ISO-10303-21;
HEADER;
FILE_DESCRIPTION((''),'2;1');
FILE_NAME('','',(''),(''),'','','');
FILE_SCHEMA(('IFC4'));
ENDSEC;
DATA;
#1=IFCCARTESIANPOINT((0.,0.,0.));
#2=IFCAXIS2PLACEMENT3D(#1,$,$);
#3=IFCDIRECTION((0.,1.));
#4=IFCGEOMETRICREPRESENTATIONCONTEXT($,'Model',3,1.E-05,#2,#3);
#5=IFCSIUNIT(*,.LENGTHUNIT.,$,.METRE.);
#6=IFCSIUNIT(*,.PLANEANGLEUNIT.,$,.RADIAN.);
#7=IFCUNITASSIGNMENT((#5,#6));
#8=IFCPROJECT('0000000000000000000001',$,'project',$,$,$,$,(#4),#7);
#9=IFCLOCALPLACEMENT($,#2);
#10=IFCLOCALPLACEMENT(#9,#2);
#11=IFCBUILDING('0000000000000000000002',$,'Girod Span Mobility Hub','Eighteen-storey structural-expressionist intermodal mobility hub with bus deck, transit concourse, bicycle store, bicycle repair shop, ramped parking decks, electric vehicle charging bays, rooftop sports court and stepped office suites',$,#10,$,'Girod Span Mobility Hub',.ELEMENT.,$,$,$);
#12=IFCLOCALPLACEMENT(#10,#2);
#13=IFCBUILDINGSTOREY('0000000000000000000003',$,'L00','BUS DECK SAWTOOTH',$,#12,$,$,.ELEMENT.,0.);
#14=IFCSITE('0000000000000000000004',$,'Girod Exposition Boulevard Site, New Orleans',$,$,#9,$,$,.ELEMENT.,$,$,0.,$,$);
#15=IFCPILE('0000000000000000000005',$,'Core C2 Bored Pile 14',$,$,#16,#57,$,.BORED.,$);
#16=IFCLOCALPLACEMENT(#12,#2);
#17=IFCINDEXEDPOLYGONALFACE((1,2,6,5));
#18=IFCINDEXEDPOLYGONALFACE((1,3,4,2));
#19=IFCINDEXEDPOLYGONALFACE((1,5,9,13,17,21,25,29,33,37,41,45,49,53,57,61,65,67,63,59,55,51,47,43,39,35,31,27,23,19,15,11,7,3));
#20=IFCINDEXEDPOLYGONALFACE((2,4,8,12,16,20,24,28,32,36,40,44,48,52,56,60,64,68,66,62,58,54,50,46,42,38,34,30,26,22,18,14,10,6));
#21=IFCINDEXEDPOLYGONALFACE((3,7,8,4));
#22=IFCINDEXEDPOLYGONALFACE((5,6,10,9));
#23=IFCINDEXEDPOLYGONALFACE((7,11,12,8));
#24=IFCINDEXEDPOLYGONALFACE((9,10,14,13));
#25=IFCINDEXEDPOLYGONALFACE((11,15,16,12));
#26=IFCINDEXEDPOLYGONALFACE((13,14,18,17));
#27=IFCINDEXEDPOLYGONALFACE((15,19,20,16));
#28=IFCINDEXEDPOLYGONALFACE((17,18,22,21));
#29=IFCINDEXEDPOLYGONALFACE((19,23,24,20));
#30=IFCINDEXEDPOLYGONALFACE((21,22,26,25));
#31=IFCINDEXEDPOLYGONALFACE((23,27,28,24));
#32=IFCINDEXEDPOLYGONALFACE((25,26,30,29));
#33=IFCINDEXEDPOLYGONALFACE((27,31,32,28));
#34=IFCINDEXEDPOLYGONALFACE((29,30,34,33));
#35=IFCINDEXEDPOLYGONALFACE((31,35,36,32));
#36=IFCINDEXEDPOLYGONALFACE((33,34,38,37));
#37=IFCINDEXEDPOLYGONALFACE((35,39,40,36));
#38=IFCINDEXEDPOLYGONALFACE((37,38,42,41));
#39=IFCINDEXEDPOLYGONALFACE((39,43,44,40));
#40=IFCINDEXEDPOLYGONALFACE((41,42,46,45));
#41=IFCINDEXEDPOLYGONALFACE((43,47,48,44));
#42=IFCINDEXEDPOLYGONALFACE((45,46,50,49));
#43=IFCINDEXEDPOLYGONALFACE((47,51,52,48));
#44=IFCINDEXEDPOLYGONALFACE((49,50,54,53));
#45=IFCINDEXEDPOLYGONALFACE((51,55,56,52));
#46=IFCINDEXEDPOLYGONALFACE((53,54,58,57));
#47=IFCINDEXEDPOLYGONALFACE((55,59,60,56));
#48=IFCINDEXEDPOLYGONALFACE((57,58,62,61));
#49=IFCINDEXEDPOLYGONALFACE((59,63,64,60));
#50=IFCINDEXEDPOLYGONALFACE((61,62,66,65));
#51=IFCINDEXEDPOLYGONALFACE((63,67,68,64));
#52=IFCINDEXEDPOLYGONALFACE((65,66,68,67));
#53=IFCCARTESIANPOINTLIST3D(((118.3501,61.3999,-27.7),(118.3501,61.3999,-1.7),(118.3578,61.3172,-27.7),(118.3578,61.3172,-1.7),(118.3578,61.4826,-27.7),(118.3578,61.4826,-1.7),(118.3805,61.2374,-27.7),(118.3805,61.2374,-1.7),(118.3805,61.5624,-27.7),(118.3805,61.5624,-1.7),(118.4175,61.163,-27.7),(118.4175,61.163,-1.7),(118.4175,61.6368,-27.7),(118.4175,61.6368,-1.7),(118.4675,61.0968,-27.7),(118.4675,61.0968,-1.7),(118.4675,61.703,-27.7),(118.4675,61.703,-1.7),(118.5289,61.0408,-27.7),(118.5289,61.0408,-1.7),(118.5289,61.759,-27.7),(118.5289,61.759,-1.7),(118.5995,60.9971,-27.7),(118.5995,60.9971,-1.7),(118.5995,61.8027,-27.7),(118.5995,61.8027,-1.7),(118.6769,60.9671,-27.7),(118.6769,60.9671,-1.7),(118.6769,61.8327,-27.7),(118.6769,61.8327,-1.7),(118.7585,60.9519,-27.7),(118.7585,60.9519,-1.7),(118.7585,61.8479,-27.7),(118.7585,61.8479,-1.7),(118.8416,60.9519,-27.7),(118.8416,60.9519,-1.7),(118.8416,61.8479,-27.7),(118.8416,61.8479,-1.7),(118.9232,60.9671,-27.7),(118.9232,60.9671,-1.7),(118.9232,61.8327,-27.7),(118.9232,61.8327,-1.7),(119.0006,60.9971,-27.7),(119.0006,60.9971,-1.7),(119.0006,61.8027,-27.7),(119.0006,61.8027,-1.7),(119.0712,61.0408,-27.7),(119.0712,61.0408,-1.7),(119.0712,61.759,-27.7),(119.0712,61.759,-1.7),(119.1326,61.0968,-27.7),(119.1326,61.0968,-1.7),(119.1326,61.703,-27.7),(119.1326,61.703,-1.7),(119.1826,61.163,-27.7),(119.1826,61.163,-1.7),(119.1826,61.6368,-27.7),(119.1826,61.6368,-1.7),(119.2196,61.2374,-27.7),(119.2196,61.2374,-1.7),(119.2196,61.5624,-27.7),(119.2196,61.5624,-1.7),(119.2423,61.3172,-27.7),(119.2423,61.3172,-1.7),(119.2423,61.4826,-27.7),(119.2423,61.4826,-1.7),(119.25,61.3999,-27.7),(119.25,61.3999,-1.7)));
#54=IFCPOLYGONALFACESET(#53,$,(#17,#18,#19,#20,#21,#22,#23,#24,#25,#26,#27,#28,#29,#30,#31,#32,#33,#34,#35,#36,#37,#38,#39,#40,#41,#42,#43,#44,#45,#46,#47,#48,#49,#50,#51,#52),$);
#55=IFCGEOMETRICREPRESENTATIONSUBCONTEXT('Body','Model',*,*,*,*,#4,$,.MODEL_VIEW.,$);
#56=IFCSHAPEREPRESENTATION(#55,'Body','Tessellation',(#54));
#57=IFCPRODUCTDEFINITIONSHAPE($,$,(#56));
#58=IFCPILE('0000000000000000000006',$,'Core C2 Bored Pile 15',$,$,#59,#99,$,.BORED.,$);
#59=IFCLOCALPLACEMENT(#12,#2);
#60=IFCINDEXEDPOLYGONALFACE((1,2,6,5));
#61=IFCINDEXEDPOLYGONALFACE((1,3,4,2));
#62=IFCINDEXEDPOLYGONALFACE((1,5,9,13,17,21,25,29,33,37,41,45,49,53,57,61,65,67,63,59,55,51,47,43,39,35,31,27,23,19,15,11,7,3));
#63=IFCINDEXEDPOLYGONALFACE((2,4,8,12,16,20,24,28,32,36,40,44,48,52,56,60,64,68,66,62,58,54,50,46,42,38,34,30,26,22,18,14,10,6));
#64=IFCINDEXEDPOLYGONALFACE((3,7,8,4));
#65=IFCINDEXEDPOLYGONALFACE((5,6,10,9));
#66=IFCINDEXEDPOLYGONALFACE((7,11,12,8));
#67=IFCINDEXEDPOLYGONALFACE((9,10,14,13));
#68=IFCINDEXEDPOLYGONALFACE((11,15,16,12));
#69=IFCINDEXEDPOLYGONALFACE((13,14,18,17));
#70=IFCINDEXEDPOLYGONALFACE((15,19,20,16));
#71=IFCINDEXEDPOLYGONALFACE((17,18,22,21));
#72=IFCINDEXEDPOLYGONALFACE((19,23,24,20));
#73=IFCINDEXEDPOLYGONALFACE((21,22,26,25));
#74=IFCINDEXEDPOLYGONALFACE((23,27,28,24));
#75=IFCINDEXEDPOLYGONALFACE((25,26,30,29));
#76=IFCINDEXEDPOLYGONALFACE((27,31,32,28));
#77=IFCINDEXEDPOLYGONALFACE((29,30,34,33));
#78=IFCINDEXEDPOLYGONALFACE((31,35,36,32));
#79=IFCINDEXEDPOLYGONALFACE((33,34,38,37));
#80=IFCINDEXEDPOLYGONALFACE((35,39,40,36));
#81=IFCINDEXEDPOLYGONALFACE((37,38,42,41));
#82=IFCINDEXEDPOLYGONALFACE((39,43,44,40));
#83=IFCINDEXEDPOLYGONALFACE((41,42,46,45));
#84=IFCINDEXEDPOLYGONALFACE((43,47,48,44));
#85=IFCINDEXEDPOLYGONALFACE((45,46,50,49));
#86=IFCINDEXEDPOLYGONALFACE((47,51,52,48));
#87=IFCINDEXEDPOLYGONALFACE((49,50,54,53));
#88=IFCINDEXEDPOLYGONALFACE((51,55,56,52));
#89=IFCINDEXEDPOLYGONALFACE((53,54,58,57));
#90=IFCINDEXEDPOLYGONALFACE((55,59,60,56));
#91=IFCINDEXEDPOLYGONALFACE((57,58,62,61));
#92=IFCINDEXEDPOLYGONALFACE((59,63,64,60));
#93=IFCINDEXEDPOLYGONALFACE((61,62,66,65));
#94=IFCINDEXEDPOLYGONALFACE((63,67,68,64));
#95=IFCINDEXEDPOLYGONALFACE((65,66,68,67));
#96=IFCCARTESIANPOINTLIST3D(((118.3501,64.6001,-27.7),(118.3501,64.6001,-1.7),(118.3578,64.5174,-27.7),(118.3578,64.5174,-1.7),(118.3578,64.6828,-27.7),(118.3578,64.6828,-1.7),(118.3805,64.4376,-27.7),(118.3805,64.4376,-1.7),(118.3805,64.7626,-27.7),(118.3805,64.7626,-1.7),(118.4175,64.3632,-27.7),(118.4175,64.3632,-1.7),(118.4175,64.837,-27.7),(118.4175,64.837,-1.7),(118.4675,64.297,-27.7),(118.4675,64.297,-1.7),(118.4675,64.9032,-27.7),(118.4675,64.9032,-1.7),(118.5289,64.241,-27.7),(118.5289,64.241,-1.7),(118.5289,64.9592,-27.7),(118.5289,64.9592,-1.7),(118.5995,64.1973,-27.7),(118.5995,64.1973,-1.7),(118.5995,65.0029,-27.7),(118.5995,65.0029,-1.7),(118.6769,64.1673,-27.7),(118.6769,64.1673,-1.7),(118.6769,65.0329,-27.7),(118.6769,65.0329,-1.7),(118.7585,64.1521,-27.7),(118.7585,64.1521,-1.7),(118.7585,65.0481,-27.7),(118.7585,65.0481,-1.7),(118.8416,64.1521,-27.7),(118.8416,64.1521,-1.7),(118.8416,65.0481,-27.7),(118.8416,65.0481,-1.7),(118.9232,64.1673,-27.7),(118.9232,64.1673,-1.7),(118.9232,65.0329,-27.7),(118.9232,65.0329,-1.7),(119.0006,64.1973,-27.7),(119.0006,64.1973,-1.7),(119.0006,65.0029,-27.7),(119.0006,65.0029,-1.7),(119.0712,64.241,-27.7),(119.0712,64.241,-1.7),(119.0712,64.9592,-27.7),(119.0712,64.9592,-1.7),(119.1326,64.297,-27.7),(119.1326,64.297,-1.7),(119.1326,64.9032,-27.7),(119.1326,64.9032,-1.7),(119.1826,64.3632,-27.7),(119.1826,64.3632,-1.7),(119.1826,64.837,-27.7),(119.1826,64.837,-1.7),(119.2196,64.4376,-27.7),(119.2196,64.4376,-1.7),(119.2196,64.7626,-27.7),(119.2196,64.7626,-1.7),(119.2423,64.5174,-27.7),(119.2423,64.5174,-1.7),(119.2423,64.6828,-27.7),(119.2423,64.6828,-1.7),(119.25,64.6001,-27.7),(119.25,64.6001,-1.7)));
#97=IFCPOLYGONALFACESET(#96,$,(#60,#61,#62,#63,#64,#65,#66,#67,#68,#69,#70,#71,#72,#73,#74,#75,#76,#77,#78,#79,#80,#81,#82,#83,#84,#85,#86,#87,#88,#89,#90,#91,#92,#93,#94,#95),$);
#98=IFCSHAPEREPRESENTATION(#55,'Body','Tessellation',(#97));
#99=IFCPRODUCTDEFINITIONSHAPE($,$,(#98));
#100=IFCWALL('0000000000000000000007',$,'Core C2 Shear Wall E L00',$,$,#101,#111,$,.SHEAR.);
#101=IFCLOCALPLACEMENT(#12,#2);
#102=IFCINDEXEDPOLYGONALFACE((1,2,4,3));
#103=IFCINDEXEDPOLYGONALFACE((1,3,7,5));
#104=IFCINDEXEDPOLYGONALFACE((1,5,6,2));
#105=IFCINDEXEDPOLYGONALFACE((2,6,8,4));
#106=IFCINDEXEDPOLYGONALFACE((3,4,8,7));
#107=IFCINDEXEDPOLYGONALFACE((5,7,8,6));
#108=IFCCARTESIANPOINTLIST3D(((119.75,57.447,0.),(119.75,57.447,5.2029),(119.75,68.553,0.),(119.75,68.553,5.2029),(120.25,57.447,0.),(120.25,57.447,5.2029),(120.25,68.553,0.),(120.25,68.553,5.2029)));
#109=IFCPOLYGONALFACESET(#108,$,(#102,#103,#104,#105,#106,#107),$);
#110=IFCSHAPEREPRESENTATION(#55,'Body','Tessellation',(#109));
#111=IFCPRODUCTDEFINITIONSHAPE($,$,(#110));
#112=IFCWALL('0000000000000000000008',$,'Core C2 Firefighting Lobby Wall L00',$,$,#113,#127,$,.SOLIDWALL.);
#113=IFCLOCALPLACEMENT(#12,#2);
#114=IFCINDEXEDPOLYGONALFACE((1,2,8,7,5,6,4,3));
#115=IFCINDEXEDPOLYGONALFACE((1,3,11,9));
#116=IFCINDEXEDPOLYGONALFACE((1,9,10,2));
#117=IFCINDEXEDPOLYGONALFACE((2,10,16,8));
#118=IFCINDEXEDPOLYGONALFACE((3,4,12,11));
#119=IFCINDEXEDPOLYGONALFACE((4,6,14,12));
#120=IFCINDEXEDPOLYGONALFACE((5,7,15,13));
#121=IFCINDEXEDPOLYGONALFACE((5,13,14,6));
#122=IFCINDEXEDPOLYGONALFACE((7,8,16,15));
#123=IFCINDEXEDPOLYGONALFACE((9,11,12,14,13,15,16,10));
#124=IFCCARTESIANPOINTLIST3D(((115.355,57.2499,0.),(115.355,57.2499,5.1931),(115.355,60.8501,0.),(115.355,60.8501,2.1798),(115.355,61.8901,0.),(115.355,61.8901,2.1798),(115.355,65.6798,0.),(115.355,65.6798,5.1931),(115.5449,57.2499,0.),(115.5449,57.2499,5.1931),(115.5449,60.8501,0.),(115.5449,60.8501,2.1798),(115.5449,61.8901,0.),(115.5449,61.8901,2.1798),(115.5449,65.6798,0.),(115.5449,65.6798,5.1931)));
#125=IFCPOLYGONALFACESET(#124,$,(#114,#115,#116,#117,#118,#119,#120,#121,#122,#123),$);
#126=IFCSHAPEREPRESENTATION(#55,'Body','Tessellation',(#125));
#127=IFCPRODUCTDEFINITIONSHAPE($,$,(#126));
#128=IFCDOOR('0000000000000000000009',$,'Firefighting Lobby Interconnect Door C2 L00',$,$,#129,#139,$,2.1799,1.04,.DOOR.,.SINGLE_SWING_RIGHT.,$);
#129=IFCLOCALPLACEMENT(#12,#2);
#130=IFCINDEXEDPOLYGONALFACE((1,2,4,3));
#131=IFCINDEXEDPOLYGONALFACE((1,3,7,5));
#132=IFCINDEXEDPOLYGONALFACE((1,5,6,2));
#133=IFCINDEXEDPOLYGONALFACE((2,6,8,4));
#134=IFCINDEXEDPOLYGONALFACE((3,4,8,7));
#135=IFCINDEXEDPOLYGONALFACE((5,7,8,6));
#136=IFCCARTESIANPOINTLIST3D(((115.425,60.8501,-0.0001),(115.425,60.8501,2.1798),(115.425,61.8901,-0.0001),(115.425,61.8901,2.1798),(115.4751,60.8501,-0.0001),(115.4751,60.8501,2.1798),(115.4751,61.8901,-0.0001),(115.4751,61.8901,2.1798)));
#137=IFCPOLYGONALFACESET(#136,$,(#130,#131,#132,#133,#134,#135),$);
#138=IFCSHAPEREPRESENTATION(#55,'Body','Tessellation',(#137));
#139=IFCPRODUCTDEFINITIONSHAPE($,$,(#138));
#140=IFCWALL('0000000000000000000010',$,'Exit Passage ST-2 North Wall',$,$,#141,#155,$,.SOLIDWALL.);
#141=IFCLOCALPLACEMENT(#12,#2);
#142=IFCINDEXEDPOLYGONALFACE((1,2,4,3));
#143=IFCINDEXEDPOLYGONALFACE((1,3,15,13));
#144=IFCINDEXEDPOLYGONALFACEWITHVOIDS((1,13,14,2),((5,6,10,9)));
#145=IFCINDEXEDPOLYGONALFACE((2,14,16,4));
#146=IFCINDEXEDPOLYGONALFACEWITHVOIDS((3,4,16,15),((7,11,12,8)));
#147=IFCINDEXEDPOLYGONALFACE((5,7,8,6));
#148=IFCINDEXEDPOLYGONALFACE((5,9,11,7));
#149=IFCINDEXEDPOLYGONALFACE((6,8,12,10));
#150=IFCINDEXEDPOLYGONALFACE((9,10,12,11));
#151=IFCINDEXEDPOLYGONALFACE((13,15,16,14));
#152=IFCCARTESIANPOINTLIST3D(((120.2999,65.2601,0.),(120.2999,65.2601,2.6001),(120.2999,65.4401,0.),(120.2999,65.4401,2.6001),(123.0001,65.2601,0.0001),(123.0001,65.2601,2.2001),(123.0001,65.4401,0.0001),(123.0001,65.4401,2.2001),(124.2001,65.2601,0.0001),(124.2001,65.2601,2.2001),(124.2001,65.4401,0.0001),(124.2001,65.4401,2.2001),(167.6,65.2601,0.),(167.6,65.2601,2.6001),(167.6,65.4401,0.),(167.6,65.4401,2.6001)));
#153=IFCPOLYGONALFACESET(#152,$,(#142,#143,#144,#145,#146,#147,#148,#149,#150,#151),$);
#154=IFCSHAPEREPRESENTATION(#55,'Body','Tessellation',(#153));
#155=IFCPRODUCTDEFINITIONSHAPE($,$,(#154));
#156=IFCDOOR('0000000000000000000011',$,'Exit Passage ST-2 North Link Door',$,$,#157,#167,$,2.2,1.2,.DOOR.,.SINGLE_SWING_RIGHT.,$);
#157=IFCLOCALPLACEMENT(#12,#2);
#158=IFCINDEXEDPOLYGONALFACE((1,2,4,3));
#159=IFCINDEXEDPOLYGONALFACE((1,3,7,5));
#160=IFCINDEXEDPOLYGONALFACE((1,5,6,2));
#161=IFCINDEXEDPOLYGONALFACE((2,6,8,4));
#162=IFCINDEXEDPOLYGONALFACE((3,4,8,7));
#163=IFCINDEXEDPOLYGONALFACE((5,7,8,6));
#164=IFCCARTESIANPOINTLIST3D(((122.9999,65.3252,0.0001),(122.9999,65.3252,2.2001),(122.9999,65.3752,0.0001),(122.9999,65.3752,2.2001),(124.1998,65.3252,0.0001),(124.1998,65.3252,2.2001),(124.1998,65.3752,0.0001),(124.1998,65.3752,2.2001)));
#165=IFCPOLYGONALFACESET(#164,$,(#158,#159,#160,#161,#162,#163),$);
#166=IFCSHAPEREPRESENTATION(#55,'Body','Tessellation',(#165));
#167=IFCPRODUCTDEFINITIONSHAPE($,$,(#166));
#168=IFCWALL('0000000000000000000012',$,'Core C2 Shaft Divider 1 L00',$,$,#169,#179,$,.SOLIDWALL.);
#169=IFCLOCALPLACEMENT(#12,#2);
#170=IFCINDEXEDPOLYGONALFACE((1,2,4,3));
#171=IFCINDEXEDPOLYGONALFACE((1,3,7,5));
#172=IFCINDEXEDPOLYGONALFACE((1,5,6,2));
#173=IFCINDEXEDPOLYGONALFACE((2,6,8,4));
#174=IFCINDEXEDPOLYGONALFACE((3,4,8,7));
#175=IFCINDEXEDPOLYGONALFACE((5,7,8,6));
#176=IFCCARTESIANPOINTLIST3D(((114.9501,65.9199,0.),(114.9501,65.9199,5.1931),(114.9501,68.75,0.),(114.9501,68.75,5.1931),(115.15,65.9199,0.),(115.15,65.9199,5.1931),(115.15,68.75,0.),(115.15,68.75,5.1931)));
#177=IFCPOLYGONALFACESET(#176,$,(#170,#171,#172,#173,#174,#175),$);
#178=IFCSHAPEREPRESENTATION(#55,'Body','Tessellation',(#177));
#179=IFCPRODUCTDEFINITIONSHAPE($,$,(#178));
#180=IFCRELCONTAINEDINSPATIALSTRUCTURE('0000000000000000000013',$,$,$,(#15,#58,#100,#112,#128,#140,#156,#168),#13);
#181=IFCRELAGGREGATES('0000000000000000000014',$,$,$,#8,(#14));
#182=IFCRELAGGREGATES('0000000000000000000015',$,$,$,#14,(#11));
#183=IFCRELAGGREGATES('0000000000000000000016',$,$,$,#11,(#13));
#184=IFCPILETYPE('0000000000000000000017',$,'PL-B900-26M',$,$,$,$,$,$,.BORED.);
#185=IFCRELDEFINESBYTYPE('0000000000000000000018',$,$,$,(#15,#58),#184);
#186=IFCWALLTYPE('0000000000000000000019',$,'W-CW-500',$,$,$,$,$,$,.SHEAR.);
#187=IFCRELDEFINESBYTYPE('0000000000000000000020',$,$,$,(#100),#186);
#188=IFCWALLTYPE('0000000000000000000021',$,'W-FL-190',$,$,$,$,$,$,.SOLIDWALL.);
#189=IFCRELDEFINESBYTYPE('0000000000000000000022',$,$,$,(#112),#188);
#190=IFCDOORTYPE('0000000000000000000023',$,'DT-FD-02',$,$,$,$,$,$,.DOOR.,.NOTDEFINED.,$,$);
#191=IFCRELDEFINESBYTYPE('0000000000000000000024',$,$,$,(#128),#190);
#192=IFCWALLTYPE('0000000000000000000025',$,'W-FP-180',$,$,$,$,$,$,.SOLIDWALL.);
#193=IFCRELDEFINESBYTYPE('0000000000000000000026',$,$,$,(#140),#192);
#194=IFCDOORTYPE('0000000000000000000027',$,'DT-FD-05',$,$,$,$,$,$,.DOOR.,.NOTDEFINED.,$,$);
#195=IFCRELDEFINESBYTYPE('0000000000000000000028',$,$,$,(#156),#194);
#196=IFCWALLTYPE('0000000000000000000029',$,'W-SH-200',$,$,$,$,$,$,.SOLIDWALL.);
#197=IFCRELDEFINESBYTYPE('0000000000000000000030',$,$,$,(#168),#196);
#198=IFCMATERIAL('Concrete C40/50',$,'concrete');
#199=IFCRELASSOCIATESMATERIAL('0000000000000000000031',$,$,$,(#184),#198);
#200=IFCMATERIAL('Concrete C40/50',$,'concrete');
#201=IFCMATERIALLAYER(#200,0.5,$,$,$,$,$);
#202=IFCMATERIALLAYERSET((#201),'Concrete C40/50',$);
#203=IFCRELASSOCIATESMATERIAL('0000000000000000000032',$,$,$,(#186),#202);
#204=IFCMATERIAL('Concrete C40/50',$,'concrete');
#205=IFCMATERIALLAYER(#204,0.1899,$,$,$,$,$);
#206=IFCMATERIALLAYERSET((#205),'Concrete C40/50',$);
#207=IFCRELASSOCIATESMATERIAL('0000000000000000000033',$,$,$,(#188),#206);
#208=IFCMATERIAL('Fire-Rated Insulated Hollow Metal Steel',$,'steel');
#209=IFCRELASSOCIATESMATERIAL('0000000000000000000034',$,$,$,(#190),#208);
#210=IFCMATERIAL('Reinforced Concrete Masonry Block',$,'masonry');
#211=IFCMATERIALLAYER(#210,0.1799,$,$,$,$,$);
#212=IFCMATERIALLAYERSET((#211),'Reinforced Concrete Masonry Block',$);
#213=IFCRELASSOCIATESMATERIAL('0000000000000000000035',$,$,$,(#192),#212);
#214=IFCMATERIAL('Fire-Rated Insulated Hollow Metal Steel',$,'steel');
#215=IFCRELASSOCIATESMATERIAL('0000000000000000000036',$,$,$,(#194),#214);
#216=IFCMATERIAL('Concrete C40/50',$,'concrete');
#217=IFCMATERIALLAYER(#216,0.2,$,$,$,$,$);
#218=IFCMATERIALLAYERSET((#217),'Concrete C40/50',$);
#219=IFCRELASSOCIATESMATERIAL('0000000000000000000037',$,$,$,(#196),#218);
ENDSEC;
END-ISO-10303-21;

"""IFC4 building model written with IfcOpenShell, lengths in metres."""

from ifc_helpers import new_model, si_unit, direction, frame, frame_2d, origin, origin_2d, place, context, subcontext, project, spatial, rectangle, circle, extrude, material, layer, layer_set, material_profile, profile_set, type_object, element, fill, save


model = new_model("IFC4")

# Units and contexts
model_context = context("Model", 3, precision=1e-05, world=origin(), true_north=direction((0.0, 1.0)))
body_context = subcontext(model_context, "Body", "Model", "MODEL_VIEW")
ifc_project = project(units=[si_unit("LENGTHUNIT", "METRE"), si_unit("PLANEANGLEUNIT", "RADIAN")], contexts=[model_context])

# Site, building, storey
site_placement = place(None, origin())
site = spatial("IfcSite", under=ifc_project, at=site_placement, Name="Girod Exposition Boulevard Site, New Orleans", CompositionType="ELEMENT", RefElevation=0.0)
building_placement = place(site_placement, origin())
building = spatial("IfcBuilding", under=site, at=building_placement, Name="Girod Span Mobility Hub", Description="Eighteen-storey structural-expressionist intermodal mobility hub with bus deck, transit concourse, bicycle store, bicycle repair shop, ramped parking decks, electric vehicle charging bays, rooftop sports court and stepped office suites", LongName="Girod Span Mobility Hub", CompositionType="ELEMENT")
storey_placement = place(building_placement, origin())
storey = spatial("IfcBuildingStorey", under=building, at=storey_placement, Name="L00", Description="BUS DECK SAWTOOTH", CompositionType="ELEMENT", Elevation=0.0)

# Piles
ifc_material_1 = material(Name="Concrete C40/50", Category="concrete")
ifc_material_profile = material_profile(ifc_material_1, circle(Radius=0.45, at=origin_2d()), Name="PILE-D900")
ifc_profile_set = profile_set([ifc_material_profile], Name="Concrete C40/50")
pile_type = type_object("IfcPileType", Name="PL-B900-26M", PredefinedType="BORED", material=ifc_profile_set)
for number, where, z_axis, x_axis, name in (
    (1, (118.8, 61.3999, -1.7), (0.0, 0.0, -1.0), (1.0, 0.0, 0.0), "Core C2 Bored Pile 14"),
    (2, (118.8, 64.6001, -1.7), (0.0, 0.0, -1.0), (1.0, 0.0, 0.0), "Core C2 Bored Pile 15"),
):
    element("IfcPile", number, at=place(storey_placement, frame(where, z_axis=z_axis, x_axis=x_axis)), inside=storey, type_object=pile_type, Name=name, PredefinedType="BORED", context=body_context, shape_type="SweptSolid", body=[
        extrude(circle(Radius=0.45, at=origin_2d()), origin(), (0.0, 0.0, 1.0), 26.0),
    ])

# Wall
ifc_material_2 = material(Name="Concrete C40/50", Category="concrete")
ifc_layer_1 = layer(ifc_material_2, 0.5)
ifc_layer_set_1 = layer_set([ifc_layer_1], Name="Concrete C40/50")
wall_type_1 = type_object("IfcWallType", Name="W-CW-500", PredefinedType="SHEAR", material=ifc_layer_set_1)
wall_1_placement = place(storey_placement, frame((120.0, 57.447, 0.0), z_axis=(0.0, 0.0, 1.0), x_axis=(0.0, 1.0, 0.0)))
element("IfcWall", 3, at=wall_1_placement, inside=storey, type_object=wall_type_1, Name="Core C2 Shear Wall E L00", PredefinedType="SHEAR", context=body_context, shape_type="SweptSolid", body=[
    extrude(rectangle(XDim=11.106, YDim=0.5, at=frame_2d((5.553, 0.0))), origin(), (0.0, 0.0, 1.0), 5.2029),
])

# Walls, openings, doors
ifc_material_3 = material(Name="Concrete C40/50", Category="concrete")
ifc_layer_2 = layer(ifc_material_3, 0.1899)
ifc_layer_set_2 = layer_set([ifc_layer_2], Name="Concrete C40/50")
wall_type_2 = type_object("IfcWallType", Name="W-FL-190", PredefinedType="SOLIDWALL", material=ifc_layer_set_2)
wall_2_placement = place(storey_placement, frame((115.45, 57.25, 0.0), z_axis=(0.0, 0.0, 1.0), x_axis=(0.0, 1.0, 0.0)))
wall_2 = element("IfcWall", 4, at=wall_2_placement, inside=storey, type_object=wall_type_2, Name="Core C2 Firefighting Lobby Wall L00", PredefinedType="SOLIDWALL", context=body_context, shape_type="SweptSolid", body=[
    extrude(rectangle(XDim=8.4299, YDim=0.1899, at=frame_2d((4.2148, 0.0))), origin(), (0.0, 0.0, 1.0), 5.1931),
])
opening_1_placement = place(wall_2_placement, frame((3.6001, 0.0, 0.0)))
opening_1 = element("IfcOpeningElement", 5, at=opening_1_placement, cuts=wall_2, PredefinedType="OPENING", context=body_context, shape_type="SweptSolid", body=[
    extrude(rectangle(XDim=1.04, YDim=2.1799, at=frame_2d((0.52, 1.0898))), frame((0.0, 0.1099, 0.0), z_axis=(0.0, -1.0, 0.0), x_axis=(1.0, 0.0, 0.0)), (0.0, 0.0, 1.0), 0.22),
])
ifc_material_4 = material(Name="Fire-Rated Insulated Hollow Metal Steel", Category="steel")
door_type_1 = type_object("IfcDoorType", Name="DT-FD-02", OperationType="NOTDEFINED", PredefinedType="DOOR", material=ifc_material_4)
door_1_placement = place(opening_1_placement, origin())
door_1 = element("IfcDoor", 6, at=door_1_placement, inside=storey, type_object=door_type_1, Name="Firefighting Lobby Interconnect Door C2 L00", OperationType="SINGLE_SWING_RIGHT", OverallHeight=2.1799, OverallWidth=1.04, PredefinedType="DOOR", context=body_context, shape_type="SweptSolid", body=[
    extrude(rectangle(XDim=1.04, YDim=2.1799, at=frame_2d((0.52, 1.0898))), frame((0.0, 0.0249, 0.0), z_axis=(0.0, -1.0, 0.0), x_axis=(1.0, 0.0, 0.0)), (0.0, 0.0, 1.0), 0.05),
])
fill(opening_1, door_1)
ifc_material_5 = material(Name="Reinforced Concrete Masonry Block", Category="masonry")
ifc_layer_3 = layer(ifc_material_5, 0.1799)
ifc_layer_set_3 = layer_set([ifc_layer_3], Name="Reinforced Concrete Masonry Block")
wall_type_3 = type_object("IfcWallType", Name="W-FP-180", PredefinedType="SOLIDWALL", material=ifc_layer_set_3)
wall_3_placement = place(storey_placement, frame((120.3, 65.3501, 0.0), z_axis=(0.0, 0.0, 1.0), x_axis=(1.0, 0.0, 0.0)))
wall_3 = element("IfcWall", 7, at=wall_3_placement, inside=storey, type_object=wall_type_3, Name="Exit Passage ST-2 North Wall", PredefinedType="SOLIDWALL", context=body_context, shape_type="SweptSolid", body=[
    extrude(rectangle(XDim=47.3, YDim=0.1799, at=frame_2d((23.6499, 0.0))), origin(), (0.0, 0.0, 1.0), 2.6001),
])
opening_2_placement = place(wall_3_placement, frame((2.7, 0.0, 0.0)))
opening_2 = element("IfcOpeningElement", 8, at=opening_2_placement, cuts=wall_3, PredefinedType="OPENING", context=body_context, shape_type="SweptSolid", body=[
    extrude(rectangle(XDim=1.2, YDim=2.2, at=frame_2d((0.6001, 1.1001))), frame((0.0, 0.105, 0.0), z_axis=(0.0, -1.0, 0.0), x_axis=(1.0, 0.0, 0.0)), (0.0, 0.0, 1.0), 0.21),
])
ifc_material_6 = material(Name="Fire-Rated Insulated Hollow Metal Steel", Category="steel")
door_type_2 = type_object("IfcDoorType", Name="DT-FD-05", OperationType="NOTDEFINED", PredefinedType="DOOR", material=ifc_material_6)
door_2_placement = place(opening_2_placement, frame((1.2, 0.0, 0.0), z_axis=(0.0, 0.0, 1.0), x_axis=(-1.0, 0.0, 0.0)))
door_2 = element("IfcDoor", 9, at=door_2_placement, inside=storey, type_object=door_type_2, Name="Exit Passage ST-2 North Link Door", OperationType="SINGLE_SWING_RIGHT", OverallHeight=2.2, OverallWidth=1.2, PredefinedType="DOOR", context=body_context, shape_type="SweptSolid", body=[
    extrude(rectangle(XDim=1.2, YDim=2.2, at=frame_2d((0.6001, 1.1001))), frame((0.0, 0.0249, 0.0), z_axis=(0.0, -1.0, 0.0), x_axis=(1.0, 0.0, 0.0)), (0.0, 0.0, 1.0), 0.05),
])
fill(opening_2, door_2)

# Wall
ifc_material_7 = material(Name="Concrete C40/50", Category="concrete")
ifc_layer_4 = layer(ifc_material_7, 0.2)
ifc_layer_set_4 = layer_set([ifc_layer_4], Name="Concrete C40/50")
wall_type_4 = type_object("IfcWallType", Name="W-SH-200", PredefinedType="SOLIDWALL", material=ifc_layer_set_4)
for number, where, z_axis, x_axis, name in (
    (10, (115.05, 65.9199, 0.0), (0.0, 0.0, 1.0), (0.0, 1.0, 0.0), "Core C2 Shaft Divider 1 L00"),
):
    element("IfcWall", number, at=place(storey_placement, frame(where, z_axis=z_axis, x_axis=x_axis)), inside=storey, type_object=wall_type_4, Name=name, PredefinedType="SOLIDWALL", context=body_context, shape_type="SweptSolid", body=[
        extrude(rectangle(XDim=2.8301, YDim=0.2, at=frame_2d((1.415, 0.0))), origin(), (0.0, 0.0, 1.0), 5.1931),
    ])

save(model, "model.ifc")
